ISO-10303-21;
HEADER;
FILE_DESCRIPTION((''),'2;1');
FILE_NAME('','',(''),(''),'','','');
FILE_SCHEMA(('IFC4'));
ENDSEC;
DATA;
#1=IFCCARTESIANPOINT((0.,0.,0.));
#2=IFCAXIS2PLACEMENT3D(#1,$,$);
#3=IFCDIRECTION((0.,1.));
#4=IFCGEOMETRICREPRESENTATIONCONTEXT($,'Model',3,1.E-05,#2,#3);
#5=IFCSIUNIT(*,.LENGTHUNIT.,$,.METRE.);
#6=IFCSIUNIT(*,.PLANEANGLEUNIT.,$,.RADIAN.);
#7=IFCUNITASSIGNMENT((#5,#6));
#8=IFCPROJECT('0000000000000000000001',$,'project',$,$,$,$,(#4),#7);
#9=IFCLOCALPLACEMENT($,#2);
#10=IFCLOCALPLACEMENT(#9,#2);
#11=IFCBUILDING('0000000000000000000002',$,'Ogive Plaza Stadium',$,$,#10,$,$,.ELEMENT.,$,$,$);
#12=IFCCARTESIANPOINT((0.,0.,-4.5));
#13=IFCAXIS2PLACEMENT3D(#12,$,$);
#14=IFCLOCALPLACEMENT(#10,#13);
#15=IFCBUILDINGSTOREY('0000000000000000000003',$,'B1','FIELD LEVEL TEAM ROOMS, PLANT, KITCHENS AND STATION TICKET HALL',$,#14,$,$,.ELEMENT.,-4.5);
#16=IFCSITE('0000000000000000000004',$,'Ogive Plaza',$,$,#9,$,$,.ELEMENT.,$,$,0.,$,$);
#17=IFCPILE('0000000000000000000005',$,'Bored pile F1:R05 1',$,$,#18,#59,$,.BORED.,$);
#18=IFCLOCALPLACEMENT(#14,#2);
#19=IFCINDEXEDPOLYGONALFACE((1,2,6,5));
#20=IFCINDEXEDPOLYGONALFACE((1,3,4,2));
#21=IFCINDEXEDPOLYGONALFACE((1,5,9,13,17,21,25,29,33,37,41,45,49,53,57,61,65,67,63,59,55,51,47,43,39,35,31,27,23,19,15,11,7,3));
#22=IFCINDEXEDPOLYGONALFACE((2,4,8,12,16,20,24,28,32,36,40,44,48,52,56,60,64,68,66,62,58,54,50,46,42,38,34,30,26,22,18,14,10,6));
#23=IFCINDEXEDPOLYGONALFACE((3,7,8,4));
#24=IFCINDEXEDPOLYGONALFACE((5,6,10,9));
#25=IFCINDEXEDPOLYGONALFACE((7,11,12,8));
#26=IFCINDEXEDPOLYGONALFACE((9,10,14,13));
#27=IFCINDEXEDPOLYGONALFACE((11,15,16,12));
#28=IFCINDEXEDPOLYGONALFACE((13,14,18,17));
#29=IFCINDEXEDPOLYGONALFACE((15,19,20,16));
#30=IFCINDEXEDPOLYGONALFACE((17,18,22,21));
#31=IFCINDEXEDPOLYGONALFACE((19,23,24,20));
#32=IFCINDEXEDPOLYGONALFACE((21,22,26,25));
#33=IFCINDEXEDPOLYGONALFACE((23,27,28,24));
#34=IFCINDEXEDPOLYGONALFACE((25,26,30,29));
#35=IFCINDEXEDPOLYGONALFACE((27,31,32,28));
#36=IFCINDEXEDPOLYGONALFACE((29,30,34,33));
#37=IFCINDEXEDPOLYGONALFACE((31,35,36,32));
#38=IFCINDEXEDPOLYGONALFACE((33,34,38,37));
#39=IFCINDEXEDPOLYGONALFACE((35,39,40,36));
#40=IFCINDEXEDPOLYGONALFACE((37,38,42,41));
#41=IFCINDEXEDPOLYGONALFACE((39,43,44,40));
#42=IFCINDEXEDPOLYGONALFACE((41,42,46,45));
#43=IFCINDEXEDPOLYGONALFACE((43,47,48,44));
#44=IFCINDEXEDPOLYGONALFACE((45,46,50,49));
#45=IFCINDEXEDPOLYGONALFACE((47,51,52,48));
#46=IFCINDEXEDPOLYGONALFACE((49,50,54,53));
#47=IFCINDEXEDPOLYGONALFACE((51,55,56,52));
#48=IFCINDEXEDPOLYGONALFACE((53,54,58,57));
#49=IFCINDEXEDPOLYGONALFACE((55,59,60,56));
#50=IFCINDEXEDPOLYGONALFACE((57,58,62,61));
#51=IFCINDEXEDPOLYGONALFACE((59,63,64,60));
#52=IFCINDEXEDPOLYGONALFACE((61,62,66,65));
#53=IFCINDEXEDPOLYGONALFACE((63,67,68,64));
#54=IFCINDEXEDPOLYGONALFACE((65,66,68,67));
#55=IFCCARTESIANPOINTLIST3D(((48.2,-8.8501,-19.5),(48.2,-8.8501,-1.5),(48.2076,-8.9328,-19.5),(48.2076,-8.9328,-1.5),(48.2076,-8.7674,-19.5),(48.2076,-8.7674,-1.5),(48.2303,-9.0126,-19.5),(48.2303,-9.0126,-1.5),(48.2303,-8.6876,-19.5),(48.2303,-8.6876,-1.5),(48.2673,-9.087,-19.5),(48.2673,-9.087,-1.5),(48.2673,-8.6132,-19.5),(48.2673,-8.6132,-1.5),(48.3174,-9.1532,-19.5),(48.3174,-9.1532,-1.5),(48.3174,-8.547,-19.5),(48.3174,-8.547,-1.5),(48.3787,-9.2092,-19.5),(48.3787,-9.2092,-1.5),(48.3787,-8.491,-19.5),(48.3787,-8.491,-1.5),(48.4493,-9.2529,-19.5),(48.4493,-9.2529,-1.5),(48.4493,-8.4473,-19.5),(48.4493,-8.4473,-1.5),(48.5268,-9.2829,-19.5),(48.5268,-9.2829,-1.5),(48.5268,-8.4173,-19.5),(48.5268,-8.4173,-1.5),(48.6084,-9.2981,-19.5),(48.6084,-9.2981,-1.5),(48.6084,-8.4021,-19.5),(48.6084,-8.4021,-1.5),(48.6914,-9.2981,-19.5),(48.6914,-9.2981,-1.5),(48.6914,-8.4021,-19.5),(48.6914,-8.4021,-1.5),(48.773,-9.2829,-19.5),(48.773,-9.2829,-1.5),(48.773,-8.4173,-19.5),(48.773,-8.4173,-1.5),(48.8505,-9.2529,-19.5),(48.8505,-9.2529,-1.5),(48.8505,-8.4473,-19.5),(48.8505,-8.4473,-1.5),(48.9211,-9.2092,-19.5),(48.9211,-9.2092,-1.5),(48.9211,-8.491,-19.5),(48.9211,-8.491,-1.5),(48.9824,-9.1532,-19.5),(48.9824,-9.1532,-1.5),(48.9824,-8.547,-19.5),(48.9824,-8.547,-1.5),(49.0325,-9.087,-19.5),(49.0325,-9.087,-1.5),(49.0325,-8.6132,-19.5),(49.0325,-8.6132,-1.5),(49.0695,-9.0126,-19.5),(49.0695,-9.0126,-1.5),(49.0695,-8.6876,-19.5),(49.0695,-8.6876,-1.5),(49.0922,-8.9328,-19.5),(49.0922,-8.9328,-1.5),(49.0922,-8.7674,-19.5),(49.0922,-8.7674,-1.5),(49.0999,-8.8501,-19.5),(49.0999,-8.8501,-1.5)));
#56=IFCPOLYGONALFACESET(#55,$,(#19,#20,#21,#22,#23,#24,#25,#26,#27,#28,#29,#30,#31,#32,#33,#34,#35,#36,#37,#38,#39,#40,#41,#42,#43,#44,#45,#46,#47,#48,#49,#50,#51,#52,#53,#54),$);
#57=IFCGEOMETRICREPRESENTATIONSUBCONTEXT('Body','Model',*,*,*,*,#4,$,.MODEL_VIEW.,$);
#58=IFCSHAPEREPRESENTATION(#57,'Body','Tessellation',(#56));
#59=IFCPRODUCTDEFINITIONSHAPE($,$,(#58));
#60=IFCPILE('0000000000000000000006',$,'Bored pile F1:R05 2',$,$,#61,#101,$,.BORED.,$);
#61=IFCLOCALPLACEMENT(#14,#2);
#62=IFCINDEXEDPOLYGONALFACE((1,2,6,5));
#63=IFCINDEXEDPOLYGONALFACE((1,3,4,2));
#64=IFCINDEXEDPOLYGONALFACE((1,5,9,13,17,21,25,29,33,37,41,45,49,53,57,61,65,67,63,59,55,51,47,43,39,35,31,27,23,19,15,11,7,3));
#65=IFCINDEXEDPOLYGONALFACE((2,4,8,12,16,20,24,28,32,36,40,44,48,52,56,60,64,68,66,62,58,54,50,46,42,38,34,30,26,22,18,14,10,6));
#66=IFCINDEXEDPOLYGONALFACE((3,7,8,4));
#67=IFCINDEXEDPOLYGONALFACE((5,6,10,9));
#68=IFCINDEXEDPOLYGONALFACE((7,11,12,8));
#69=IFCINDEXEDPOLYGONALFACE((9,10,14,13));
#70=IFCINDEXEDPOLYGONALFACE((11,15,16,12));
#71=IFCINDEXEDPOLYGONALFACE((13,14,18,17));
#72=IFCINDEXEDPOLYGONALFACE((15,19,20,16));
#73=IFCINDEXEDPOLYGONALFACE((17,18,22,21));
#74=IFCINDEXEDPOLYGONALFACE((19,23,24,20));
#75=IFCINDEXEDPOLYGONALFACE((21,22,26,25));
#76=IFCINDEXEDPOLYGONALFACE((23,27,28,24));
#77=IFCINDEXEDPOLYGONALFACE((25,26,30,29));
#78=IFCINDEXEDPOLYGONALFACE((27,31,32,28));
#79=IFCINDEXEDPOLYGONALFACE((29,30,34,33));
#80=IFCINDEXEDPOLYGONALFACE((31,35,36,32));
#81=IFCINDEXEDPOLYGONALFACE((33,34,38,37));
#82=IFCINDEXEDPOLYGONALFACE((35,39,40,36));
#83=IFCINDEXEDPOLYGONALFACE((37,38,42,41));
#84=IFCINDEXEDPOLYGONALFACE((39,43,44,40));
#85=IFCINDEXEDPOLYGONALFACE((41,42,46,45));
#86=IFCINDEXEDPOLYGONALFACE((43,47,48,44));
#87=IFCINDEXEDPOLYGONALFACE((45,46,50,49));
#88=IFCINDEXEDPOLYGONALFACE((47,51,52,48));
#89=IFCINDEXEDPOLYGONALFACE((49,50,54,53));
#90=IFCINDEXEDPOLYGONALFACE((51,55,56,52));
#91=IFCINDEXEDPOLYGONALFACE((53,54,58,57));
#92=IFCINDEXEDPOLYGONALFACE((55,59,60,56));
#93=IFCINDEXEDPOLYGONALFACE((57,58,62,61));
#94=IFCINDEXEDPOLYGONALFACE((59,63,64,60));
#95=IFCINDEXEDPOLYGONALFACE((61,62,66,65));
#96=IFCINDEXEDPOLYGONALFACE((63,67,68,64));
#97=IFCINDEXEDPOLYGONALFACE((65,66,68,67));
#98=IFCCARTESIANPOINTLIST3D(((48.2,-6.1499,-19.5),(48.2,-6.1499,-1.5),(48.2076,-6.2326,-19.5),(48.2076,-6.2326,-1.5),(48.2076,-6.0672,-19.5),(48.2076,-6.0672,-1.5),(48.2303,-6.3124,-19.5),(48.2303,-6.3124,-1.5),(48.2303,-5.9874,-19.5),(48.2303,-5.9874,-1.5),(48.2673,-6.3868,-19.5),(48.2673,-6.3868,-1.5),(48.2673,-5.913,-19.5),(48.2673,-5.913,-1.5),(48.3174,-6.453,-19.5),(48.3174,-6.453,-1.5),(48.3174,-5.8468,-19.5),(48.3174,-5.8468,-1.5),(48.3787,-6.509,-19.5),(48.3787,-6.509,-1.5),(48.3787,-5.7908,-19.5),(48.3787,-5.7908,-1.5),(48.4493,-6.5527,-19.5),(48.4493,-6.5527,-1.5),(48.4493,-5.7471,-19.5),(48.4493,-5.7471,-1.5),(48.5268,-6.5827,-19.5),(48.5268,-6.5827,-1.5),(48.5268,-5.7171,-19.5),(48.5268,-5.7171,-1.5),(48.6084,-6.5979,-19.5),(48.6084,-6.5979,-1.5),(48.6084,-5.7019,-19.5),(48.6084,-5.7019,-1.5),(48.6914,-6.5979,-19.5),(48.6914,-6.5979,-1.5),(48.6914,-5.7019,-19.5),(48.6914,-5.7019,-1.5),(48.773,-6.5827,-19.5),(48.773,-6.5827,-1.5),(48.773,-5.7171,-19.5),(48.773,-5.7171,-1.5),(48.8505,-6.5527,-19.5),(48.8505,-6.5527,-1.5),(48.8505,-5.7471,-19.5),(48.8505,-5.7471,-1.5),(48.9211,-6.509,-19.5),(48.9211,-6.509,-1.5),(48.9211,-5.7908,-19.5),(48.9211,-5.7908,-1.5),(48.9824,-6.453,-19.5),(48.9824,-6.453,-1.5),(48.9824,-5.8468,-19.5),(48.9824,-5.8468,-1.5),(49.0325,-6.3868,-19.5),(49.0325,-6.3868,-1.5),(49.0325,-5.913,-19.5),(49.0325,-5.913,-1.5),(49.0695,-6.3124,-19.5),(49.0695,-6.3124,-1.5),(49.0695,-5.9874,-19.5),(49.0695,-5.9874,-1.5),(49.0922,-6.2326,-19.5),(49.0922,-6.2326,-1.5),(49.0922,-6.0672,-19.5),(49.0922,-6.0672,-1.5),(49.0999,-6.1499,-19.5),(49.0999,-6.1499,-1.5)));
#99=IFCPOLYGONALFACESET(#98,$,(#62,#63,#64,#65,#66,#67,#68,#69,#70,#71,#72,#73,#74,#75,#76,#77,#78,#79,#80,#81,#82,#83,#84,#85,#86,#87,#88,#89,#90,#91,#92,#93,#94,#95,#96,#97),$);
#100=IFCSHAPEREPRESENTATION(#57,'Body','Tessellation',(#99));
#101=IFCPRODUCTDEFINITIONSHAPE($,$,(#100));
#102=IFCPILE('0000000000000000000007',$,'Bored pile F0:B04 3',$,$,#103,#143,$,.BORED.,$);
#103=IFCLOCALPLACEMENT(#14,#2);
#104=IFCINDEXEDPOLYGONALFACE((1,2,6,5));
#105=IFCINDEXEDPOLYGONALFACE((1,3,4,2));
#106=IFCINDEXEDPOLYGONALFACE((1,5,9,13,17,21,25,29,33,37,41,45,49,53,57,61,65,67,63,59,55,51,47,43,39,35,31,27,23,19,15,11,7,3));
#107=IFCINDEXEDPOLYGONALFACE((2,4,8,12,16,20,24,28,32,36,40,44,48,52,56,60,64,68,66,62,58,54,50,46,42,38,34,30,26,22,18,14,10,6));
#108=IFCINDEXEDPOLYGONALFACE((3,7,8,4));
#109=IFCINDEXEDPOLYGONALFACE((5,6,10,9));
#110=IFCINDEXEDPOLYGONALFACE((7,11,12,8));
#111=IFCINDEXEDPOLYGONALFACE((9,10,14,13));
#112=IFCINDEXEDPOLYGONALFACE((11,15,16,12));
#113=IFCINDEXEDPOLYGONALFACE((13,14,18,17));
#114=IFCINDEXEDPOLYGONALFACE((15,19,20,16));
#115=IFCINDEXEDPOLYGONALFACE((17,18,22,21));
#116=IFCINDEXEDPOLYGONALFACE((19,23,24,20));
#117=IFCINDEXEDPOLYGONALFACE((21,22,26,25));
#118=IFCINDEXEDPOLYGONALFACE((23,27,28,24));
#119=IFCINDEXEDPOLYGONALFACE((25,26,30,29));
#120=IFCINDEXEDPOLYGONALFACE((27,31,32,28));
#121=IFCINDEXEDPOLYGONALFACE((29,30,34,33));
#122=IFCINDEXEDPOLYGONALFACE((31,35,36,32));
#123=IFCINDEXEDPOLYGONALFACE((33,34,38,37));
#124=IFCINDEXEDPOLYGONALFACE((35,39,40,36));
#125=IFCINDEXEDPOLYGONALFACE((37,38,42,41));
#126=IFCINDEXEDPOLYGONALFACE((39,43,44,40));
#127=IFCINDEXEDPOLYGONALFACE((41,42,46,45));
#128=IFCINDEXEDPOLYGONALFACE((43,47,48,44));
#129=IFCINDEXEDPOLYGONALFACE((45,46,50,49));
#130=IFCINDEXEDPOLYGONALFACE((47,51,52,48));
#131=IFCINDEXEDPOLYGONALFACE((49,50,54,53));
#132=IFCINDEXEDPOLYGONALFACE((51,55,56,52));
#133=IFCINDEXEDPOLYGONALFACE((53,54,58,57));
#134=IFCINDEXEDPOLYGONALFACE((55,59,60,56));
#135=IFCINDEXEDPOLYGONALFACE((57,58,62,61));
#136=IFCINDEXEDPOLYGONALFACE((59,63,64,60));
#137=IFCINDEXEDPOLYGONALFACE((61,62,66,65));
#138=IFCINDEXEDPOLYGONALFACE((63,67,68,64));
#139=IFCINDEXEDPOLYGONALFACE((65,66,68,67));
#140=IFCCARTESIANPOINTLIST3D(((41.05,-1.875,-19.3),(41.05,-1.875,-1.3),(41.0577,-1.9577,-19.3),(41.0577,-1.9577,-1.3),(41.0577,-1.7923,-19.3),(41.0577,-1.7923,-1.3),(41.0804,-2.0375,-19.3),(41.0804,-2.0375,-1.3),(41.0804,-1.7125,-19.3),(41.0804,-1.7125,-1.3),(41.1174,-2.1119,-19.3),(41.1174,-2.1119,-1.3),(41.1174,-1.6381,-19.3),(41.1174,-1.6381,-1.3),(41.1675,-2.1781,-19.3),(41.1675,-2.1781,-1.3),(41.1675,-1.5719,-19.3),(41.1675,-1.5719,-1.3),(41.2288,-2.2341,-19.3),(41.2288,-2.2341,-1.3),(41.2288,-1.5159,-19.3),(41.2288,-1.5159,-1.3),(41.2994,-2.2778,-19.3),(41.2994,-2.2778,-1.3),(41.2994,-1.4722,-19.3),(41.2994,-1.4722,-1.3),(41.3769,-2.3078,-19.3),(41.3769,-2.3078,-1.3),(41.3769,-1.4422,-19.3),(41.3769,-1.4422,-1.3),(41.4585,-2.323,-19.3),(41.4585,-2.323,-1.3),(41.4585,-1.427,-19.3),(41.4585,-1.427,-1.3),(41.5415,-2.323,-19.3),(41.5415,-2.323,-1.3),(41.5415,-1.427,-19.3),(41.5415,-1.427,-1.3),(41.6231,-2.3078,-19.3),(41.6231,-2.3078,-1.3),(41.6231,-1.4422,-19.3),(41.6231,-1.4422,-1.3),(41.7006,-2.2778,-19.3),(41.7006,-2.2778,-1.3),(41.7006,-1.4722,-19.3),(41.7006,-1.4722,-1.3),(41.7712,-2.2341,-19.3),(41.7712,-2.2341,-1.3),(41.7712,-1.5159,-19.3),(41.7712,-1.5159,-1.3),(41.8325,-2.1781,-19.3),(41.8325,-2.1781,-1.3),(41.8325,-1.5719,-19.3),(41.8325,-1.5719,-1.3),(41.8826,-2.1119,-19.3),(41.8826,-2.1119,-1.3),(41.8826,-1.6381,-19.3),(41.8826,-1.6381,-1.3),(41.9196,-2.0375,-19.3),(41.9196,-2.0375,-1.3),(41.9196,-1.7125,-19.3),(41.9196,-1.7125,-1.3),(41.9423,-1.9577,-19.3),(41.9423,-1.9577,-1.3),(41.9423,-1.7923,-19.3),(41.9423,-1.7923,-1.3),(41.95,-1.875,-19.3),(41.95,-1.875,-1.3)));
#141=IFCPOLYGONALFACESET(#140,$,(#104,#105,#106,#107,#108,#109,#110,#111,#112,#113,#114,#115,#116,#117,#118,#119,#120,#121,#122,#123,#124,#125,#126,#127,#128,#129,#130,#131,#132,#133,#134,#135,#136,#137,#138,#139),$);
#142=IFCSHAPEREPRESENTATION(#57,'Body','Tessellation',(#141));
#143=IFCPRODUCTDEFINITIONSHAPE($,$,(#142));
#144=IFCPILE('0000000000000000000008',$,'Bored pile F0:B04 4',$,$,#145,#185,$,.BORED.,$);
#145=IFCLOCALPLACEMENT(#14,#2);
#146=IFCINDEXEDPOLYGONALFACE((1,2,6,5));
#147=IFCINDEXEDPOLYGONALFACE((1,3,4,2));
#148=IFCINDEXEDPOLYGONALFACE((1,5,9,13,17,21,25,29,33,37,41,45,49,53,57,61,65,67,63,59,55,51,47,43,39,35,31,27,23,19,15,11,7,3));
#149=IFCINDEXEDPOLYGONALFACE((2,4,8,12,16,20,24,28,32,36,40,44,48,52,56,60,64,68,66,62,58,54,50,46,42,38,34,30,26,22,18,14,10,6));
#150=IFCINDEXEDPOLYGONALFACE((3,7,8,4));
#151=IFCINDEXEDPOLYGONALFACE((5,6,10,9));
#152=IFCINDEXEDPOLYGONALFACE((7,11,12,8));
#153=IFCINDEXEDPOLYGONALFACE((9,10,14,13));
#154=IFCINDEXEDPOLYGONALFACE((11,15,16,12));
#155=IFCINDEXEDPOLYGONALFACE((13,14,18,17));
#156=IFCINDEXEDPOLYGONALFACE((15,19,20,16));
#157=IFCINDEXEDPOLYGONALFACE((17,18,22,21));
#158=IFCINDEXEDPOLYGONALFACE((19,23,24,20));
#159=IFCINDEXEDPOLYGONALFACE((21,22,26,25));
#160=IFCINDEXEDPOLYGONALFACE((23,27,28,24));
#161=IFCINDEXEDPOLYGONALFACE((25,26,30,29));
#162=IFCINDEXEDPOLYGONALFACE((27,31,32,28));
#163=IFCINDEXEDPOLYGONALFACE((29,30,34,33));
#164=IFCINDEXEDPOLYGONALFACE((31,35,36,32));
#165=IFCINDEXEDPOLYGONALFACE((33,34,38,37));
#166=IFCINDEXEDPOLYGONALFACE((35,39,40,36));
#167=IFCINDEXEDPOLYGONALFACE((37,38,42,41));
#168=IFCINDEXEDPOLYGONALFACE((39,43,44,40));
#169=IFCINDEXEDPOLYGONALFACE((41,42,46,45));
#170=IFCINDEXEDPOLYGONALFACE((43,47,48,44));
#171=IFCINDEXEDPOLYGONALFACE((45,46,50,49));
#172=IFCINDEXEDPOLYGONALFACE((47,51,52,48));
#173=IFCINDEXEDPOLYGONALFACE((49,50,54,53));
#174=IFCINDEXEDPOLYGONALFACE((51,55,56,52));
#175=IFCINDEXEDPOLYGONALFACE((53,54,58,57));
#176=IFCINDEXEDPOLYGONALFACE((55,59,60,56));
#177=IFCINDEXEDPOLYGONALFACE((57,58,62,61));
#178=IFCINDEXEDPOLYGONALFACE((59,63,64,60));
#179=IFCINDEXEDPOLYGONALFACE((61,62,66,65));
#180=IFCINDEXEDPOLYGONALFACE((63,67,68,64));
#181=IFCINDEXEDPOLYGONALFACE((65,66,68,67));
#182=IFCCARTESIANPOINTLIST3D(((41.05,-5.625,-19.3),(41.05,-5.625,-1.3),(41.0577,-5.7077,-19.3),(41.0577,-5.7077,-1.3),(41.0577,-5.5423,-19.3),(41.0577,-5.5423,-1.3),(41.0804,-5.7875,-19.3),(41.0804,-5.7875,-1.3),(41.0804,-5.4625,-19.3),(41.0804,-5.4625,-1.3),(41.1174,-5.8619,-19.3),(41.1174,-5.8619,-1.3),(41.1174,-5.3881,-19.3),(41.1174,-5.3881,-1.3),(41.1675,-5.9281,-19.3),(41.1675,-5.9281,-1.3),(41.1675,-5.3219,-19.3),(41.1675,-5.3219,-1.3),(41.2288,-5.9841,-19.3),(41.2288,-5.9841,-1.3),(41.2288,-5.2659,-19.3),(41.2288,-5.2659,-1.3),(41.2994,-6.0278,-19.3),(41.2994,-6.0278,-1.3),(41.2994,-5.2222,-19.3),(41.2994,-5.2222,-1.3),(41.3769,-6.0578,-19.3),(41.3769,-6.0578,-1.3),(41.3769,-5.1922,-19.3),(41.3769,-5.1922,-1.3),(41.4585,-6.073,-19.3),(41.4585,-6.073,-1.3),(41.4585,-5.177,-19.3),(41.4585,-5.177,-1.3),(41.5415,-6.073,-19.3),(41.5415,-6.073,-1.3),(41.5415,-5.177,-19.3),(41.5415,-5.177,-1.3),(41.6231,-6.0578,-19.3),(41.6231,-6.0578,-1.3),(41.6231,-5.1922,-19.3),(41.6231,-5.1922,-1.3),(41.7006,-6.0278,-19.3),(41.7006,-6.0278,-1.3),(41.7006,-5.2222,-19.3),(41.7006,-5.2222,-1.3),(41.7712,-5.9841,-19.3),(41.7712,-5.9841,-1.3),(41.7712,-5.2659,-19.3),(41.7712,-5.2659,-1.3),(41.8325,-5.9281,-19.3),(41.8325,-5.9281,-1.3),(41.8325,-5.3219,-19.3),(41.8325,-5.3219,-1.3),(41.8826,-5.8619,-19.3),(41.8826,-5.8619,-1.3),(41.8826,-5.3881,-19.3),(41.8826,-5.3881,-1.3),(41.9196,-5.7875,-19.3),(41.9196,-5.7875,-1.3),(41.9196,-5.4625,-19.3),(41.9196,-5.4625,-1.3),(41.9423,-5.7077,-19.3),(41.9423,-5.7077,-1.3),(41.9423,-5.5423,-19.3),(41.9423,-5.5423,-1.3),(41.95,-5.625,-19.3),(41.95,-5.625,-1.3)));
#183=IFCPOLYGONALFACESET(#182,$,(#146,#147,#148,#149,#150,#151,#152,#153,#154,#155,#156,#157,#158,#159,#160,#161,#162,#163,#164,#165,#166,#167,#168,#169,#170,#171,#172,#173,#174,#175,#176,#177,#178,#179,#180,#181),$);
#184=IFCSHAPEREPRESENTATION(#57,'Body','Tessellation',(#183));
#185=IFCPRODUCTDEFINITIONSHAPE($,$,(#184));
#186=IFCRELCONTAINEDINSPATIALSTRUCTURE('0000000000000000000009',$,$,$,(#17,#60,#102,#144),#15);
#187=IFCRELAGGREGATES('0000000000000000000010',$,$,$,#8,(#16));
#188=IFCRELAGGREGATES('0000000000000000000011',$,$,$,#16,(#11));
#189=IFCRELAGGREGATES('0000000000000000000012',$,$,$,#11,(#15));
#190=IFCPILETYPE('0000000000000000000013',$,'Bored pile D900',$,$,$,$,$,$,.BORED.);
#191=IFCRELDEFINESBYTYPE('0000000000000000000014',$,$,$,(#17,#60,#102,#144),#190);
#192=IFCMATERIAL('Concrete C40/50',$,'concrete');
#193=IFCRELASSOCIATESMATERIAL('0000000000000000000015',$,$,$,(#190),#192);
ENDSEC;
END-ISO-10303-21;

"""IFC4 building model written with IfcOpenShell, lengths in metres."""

from ifc_helpers import new_model, si_unit, direction, frame, origin, origin_2d, place, context, subcontext, project, spatial, circle, extrude, material, material_profile, profile_set, type_object, element, save


model = new_model("IFC4")

# Units and contexts
model_context = context("Model", 3, precision=1e-05, world=origin(), true_north=direction((0.0, 1.0)))
body_context = subcontext(model_context, "Body", "Model", "MODEL_VIEW")
ifc_project = project(units=[si_unit("LENGTHUNIT", "METRE"), si_unit("PLANEANGLEUNIT", "RADIAN")], contexts=[model_context])

# Site, building, storey
site_placement = place(None, origin())
site = spatial("IfcSite", under=ifc_project, at=site_placement, Name="Ogive Plaza", CompositionType="ELEMENT", RefElevation=0.0)
building_placement = place(site_placement, origin())
building = spatial("IfcBuilding", under=site, at=building_placement, Name="Ogive Plaza Stadium", CompositionType="ELEMENT")
storey_placement = place(building_placement, frame((0.0, 0.0, -4.5)))
storey = spatial("IfcBuildingStorey", under=building, at=storey_placement, Name="B1", Description="FIELD LEVEL TEAM ROOMS, PLANT, KITCHENS AND STATION TICKET HALL", CompositionType="ELEMENT", Elevation=-4.5)

# Piles
ifc_material_1 = material(Name="Concrete C40/50", Category="concrete")
ifc_material_profile_1 = material_profile(ifc_material_1, circle(Radius=0.45, at=origin_2d()), Name="RC D900")
ifc_profile_set_1 = profile_set([ifc_material_profile_1], Name="Concrete C40/50")
pile_type = type_object("IfcPileType", Name="Bored pile D900", PredefinedType="BORED", material=ifc_profile_set_1)
for number, where, z_axis, x_axis, name in (
    (1, (48.6499, -8.8501, -1.5), (0.0, 0.0, -1.0), (1.0, 0.0, 0.0), "Bored pile F1:R05 1"),
    (2, (48.6499, -6.1499, -1.5), (0.0, 0.0, -1.0), (1.0, 0.0, 0.0), "Bored pile F1:R05 2"),
    (3, (41.5, -1.875, -1.3), (0.0, 0.0, -1.0), (1.0, 0.0, 0.0), "Bored pile F0:B04 3"),
    (4, (41.5, -5.625, -1.3), (0.0, 0.0, -1.0), (1.0, 0.0, 0.0), "Bored pile F0:B04 4"),
):
    element("IfcPile", number, at=place(storey_placement, frame(where, z_axis=z_axis, x_axis=x_axis)), inside=storey, type_object=pile_type, Name=name, PredefinedType="BORED", context=body_context, shape_type="SweptSolid", body=[
        extrude(circle(Radius=0.45, at=origin_2d()), origin(), (0.0, 0.0, 1.0), 18.0),
    ])

save(model, "model.ifc")
